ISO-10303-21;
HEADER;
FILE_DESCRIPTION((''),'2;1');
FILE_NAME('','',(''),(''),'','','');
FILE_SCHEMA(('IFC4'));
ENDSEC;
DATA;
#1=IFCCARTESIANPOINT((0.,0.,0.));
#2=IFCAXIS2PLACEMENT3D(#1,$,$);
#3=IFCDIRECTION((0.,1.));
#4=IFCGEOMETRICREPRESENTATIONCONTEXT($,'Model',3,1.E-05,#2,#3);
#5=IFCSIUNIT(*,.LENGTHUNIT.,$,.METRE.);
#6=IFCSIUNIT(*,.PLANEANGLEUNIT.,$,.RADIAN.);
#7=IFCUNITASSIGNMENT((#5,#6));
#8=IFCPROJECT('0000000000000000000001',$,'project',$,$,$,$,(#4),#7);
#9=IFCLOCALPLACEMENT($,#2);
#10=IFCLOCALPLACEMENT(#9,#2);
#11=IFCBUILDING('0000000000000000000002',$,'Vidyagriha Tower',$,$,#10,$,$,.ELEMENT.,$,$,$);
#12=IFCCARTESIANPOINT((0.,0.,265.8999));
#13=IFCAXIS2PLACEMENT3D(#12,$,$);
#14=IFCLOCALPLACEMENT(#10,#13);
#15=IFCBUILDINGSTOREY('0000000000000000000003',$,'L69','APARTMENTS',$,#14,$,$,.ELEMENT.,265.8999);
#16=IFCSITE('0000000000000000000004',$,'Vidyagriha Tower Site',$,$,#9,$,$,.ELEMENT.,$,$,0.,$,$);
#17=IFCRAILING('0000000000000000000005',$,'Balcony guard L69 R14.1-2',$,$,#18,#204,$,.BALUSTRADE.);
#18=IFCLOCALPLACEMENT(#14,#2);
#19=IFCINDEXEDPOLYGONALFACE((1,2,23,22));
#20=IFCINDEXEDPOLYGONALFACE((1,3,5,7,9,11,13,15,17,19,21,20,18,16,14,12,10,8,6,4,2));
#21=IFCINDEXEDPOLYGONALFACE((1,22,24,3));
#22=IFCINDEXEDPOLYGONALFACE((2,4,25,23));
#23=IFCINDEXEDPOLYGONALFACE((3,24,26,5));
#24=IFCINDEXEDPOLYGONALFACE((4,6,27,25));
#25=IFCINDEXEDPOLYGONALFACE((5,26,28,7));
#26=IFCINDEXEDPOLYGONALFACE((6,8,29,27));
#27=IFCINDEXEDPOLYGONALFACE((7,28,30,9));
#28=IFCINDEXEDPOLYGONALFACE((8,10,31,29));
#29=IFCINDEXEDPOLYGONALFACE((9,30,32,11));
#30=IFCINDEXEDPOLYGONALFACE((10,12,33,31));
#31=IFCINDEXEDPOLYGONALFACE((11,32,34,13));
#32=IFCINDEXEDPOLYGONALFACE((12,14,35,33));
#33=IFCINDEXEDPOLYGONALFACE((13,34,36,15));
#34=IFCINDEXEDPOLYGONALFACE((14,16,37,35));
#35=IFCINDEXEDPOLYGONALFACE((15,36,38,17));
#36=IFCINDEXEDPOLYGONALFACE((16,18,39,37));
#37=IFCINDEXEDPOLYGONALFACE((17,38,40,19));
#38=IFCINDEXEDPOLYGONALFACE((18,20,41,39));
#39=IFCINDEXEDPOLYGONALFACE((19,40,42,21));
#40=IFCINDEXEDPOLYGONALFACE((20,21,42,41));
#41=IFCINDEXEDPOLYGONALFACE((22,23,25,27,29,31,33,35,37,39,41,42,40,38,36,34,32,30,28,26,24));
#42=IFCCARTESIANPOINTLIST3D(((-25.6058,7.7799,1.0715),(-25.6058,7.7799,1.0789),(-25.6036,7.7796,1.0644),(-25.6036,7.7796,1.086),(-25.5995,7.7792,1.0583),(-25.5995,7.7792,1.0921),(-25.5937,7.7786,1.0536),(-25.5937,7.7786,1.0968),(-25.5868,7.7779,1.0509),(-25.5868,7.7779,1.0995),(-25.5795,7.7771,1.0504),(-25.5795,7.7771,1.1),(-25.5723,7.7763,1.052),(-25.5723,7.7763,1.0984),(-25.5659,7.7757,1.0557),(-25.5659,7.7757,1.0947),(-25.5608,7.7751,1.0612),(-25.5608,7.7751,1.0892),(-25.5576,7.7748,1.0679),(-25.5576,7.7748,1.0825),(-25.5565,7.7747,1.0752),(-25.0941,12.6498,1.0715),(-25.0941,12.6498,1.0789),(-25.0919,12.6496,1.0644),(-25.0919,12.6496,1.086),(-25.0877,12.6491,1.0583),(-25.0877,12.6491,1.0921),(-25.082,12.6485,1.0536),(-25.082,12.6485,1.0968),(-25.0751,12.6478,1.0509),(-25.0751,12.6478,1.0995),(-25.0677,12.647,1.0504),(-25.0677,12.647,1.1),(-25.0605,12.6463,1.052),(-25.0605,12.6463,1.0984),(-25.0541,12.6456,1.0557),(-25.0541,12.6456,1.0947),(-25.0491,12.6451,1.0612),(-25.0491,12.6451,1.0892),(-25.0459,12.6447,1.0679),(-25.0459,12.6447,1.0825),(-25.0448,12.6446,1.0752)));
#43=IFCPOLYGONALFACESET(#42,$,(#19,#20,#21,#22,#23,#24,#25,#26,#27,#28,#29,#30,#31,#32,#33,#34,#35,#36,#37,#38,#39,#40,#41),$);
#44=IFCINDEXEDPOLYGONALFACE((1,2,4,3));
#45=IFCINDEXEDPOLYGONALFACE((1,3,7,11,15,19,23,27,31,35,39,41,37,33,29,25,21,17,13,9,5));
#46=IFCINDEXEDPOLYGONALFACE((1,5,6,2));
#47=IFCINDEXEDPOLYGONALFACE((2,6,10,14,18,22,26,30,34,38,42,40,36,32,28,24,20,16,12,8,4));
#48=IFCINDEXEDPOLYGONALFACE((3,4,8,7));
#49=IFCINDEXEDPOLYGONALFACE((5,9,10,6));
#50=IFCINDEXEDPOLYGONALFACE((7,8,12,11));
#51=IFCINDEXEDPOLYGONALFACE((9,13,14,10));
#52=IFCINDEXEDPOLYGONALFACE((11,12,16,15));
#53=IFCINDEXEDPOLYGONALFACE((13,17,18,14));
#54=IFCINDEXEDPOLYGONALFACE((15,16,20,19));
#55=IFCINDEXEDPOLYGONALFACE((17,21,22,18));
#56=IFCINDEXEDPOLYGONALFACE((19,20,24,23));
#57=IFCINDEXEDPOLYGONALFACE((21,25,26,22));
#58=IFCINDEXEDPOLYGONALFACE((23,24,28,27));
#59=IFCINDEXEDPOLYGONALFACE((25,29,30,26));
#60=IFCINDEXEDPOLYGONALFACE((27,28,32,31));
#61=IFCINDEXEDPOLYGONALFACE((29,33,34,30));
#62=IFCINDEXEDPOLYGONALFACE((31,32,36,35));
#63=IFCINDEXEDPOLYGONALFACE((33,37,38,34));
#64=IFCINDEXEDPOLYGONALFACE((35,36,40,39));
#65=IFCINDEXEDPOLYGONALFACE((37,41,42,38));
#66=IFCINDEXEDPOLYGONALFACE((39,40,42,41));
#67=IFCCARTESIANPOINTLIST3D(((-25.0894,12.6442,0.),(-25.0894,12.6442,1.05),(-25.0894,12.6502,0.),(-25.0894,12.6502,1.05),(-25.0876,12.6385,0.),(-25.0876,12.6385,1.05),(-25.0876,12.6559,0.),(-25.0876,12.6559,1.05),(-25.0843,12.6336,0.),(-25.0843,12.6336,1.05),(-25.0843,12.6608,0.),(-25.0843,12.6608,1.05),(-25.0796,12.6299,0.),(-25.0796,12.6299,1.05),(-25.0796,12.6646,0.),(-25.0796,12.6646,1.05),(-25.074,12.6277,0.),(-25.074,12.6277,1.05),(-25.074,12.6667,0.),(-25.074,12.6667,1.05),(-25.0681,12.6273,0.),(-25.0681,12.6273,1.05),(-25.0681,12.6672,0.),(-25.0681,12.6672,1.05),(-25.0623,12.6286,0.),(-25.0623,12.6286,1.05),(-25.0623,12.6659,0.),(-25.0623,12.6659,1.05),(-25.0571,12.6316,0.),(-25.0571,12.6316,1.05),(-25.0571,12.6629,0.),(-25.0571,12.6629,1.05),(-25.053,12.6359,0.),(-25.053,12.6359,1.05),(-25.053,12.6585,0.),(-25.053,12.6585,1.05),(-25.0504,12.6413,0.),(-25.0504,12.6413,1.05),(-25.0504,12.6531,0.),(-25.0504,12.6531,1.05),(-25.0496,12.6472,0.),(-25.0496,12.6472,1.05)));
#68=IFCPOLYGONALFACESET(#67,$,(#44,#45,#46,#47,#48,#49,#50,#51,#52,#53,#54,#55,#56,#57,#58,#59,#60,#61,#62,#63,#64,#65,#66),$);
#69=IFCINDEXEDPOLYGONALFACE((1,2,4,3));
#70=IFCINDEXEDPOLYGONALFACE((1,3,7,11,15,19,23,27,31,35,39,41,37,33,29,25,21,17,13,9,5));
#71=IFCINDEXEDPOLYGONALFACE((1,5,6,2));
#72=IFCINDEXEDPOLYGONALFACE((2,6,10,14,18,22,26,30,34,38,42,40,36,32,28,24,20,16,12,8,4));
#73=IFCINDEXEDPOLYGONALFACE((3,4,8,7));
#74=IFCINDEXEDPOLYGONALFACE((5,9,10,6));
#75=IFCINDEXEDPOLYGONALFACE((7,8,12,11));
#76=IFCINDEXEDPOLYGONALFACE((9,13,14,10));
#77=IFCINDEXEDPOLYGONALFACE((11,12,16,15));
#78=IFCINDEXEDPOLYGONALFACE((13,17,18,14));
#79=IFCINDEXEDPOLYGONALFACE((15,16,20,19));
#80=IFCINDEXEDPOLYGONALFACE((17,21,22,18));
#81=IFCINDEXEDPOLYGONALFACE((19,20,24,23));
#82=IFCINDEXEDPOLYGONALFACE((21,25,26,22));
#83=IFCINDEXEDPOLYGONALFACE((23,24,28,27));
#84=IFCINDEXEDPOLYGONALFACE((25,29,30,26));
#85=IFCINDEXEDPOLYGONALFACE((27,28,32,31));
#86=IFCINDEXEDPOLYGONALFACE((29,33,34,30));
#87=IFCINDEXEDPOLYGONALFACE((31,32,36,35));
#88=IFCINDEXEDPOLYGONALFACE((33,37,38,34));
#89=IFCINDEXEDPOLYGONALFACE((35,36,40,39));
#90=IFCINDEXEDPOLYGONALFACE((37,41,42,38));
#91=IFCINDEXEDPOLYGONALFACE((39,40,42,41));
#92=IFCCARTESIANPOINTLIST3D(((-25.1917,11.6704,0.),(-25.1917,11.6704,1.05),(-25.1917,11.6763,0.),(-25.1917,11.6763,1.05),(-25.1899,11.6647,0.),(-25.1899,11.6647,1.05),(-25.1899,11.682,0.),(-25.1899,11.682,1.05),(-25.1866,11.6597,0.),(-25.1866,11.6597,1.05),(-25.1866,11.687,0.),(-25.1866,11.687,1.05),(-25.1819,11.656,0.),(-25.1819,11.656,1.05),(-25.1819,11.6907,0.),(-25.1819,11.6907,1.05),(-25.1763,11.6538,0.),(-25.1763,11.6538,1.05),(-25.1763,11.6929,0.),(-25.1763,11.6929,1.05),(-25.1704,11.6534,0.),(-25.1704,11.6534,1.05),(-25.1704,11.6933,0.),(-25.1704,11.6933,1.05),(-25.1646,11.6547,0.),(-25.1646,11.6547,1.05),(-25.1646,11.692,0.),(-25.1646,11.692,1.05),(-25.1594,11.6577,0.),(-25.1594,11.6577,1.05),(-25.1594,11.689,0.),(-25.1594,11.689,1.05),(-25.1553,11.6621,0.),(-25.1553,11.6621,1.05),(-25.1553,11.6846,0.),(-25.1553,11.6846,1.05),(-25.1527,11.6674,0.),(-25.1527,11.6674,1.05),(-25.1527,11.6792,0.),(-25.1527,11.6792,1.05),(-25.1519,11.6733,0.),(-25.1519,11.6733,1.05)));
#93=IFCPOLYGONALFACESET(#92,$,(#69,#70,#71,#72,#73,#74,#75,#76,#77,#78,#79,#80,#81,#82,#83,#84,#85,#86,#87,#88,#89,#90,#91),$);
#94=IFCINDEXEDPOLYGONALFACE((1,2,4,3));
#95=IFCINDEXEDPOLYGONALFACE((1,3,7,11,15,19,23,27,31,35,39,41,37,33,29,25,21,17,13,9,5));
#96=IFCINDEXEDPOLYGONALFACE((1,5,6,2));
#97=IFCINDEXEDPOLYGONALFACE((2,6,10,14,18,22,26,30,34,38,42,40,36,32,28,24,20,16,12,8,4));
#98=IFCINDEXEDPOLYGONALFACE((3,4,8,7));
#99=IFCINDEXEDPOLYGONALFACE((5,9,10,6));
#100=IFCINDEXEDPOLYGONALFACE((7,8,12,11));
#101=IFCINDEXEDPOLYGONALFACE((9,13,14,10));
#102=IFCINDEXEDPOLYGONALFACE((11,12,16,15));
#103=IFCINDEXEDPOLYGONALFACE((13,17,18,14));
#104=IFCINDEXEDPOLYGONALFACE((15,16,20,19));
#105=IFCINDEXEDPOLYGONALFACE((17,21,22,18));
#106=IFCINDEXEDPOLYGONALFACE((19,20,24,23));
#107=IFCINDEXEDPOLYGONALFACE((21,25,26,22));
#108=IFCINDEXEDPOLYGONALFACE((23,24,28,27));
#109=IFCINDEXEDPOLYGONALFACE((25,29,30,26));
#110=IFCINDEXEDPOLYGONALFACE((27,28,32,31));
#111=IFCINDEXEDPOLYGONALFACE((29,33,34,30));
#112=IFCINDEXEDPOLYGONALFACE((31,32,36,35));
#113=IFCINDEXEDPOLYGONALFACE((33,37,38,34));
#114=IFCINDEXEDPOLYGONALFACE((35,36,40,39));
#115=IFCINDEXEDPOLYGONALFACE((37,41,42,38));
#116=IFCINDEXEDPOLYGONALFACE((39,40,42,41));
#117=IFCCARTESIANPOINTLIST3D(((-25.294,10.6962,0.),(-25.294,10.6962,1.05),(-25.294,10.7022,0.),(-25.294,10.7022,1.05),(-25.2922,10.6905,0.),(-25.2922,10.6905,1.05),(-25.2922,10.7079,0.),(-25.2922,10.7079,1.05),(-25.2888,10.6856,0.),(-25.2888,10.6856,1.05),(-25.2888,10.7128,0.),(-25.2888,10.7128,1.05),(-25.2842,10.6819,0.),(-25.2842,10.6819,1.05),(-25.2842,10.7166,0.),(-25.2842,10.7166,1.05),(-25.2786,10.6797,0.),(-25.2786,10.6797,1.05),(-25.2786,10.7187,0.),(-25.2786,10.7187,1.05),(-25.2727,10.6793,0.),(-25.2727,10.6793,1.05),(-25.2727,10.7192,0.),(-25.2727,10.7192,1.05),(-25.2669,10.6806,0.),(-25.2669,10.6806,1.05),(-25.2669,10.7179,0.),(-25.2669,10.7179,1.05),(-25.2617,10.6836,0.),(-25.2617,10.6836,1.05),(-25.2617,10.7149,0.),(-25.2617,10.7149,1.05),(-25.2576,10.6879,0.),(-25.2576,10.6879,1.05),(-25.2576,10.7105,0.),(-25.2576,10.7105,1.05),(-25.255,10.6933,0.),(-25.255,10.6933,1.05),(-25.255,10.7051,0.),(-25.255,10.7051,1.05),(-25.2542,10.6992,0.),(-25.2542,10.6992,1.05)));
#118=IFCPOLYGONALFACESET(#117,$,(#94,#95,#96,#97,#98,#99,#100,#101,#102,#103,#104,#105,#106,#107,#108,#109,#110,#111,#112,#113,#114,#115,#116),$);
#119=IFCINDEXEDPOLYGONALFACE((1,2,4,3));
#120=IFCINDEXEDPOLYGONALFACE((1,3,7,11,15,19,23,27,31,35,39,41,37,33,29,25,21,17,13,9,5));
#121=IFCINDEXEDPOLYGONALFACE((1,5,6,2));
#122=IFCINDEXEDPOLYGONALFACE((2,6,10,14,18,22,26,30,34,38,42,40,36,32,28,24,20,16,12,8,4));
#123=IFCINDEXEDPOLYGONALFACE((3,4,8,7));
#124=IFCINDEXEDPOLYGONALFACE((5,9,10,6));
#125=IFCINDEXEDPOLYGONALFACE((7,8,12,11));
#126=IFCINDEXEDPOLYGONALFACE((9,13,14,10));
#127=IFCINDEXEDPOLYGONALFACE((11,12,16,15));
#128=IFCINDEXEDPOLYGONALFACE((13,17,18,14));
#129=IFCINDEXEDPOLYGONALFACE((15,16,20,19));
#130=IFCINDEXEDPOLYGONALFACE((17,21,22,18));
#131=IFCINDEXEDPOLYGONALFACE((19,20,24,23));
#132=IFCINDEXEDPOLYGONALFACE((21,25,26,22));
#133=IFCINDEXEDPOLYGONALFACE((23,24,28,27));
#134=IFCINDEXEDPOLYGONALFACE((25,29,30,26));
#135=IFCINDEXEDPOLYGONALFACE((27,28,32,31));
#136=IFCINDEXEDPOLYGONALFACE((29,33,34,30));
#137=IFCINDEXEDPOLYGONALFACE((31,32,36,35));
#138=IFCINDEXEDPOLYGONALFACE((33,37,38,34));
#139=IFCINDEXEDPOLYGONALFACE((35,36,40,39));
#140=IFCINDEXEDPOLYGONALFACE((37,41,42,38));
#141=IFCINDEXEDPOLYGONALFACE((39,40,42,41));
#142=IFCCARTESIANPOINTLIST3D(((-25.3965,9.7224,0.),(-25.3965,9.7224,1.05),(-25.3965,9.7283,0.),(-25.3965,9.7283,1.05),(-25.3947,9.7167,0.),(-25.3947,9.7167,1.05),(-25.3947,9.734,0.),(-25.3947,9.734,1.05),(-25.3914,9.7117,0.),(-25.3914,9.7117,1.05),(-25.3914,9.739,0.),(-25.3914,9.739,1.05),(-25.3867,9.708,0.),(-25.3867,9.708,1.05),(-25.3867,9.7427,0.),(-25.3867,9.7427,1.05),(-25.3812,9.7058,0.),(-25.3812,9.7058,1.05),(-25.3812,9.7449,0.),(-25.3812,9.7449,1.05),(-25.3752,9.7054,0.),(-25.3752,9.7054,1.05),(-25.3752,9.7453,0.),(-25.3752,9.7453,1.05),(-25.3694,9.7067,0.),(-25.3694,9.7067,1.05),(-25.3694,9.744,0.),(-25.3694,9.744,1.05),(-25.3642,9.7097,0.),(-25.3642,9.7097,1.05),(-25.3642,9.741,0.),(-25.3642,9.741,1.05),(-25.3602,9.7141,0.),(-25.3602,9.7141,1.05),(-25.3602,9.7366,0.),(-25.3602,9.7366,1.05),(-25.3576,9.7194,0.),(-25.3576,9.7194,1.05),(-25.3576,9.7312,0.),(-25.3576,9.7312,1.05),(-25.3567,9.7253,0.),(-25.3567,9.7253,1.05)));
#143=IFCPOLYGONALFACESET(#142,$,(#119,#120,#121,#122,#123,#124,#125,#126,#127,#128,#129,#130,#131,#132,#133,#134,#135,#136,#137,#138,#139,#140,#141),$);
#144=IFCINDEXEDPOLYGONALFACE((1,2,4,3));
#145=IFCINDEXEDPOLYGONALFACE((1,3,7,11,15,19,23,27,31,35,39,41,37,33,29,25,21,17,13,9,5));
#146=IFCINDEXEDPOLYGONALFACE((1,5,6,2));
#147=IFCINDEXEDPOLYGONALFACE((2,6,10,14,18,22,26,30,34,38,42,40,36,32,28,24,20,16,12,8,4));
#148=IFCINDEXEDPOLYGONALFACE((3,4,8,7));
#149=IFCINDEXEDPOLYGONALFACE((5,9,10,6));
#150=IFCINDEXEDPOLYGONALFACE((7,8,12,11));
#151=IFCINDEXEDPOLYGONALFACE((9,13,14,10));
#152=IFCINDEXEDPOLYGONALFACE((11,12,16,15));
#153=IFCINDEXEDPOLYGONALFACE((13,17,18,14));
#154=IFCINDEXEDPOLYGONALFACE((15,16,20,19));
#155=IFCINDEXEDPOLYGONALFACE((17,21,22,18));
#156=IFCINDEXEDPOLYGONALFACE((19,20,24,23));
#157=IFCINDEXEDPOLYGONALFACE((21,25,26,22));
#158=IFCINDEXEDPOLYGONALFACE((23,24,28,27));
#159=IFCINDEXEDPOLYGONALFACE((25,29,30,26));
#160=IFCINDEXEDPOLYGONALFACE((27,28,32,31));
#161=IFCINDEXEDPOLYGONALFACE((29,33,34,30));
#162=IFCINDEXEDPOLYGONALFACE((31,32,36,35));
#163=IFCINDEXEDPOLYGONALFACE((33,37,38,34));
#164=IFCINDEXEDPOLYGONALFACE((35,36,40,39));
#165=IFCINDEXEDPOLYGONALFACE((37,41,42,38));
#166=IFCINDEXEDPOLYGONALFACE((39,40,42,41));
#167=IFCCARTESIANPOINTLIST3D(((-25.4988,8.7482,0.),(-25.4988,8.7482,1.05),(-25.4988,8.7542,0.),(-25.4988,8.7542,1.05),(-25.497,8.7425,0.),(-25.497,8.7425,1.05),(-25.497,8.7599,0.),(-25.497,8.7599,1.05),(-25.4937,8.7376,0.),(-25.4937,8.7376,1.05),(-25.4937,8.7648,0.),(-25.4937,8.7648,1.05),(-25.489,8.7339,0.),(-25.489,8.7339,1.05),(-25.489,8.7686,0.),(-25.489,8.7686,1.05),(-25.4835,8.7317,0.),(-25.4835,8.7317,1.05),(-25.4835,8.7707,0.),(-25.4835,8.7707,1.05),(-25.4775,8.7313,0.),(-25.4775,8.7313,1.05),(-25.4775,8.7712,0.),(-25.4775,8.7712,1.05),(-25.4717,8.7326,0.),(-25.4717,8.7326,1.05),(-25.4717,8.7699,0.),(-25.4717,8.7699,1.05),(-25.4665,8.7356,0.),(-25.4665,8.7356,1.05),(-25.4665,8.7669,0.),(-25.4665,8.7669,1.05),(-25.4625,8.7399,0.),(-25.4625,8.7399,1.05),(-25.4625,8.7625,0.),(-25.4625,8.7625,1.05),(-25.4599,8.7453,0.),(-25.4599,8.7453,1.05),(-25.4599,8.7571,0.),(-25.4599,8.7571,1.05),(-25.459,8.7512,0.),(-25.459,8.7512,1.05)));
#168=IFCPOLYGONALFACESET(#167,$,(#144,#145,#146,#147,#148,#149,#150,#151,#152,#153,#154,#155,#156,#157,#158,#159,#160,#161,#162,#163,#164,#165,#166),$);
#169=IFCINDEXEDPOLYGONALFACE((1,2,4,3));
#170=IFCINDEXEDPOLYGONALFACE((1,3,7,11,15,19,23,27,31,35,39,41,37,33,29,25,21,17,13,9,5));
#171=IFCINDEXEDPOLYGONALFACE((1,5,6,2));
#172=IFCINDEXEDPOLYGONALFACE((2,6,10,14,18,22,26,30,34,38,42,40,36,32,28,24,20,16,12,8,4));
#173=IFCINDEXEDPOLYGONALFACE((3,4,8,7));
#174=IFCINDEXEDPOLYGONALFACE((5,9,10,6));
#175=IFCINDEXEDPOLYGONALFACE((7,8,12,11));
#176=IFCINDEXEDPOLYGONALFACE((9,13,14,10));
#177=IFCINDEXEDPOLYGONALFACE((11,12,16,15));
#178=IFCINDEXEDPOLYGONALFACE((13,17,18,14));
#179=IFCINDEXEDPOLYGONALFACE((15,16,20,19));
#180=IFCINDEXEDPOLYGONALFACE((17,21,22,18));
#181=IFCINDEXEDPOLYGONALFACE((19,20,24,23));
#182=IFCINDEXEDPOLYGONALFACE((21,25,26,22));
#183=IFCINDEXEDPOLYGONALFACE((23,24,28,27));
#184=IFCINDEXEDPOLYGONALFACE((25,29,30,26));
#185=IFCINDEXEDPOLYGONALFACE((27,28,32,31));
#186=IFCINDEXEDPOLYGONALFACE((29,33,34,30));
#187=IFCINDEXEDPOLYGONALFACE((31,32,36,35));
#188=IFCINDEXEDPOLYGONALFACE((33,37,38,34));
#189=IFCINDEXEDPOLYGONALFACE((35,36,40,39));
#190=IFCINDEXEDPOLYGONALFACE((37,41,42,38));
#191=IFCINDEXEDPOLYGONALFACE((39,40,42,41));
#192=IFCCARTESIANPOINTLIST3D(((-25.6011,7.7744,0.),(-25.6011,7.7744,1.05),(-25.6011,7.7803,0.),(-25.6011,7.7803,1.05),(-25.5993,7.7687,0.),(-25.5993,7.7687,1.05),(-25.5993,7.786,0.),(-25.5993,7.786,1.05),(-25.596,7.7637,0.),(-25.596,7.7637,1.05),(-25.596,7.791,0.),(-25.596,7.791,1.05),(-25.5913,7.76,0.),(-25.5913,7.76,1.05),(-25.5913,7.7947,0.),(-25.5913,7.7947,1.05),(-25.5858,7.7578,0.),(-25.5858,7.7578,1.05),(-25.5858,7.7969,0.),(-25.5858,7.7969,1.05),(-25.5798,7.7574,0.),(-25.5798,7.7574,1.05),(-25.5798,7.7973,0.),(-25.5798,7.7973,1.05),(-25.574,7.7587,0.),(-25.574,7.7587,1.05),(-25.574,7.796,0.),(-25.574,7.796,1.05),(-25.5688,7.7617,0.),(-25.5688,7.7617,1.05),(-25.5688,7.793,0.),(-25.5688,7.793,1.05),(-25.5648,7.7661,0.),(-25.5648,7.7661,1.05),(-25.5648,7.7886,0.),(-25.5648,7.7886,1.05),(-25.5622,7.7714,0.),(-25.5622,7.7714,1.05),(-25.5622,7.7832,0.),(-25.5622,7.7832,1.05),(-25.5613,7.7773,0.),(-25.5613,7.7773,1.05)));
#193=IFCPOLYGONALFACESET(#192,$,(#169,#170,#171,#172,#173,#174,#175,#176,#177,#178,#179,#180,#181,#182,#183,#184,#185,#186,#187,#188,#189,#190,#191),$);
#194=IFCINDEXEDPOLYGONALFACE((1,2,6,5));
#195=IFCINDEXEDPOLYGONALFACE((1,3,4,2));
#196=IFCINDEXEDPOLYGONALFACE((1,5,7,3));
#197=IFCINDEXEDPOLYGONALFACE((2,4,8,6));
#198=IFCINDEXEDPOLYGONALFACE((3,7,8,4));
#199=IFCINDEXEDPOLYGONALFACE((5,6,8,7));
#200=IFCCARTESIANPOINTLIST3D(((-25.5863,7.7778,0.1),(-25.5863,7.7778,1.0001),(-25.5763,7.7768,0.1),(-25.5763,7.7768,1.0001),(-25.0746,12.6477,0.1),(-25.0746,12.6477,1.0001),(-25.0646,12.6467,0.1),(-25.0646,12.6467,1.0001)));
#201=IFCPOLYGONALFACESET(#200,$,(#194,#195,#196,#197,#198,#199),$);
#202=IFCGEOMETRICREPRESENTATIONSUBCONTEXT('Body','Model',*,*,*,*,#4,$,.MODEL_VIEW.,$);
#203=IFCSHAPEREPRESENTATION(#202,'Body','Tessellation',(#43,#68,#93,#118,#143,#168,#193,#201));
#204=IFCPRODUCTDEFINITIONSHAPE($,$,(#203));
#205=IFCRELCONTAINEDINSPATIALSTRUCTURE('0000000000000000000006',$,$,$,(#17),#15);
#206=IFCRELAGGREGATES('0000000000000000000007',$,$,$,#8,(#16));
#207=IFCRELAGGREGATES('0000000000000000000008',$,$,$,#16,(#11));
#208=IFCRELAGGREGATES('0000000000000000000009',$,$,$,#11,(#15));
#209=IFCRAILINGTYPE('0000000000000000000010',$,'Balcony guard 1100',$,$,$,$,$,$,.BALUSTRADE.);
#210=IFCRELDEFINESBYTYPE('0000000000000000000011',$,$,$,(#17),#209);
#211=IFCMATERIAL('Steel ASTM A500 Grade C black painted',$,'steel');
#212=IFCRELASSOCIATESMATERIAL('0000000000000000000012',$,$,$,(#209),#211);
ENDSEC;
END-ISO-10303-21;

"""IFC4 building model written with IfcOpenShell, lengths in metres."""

from ifc_helpers import new_model, si_unit, direction, frame, origin, origin_2d, place, context, subcontext, project, spatial, rectangle, circle, extrude, material, type_object, element, save


model = new_model("IFC4")

# Units and contexts
model_context = context("Model", 3, precision=1e-05, world=origin(), true_north=direction((0.0, 1.0)))
body_context = subcontext(model_context, "Body", "Model", "MODEL_VIEW")
ifc_project = project(units=[si_unit("LENGTHUNIT", "METRE"), si_unit("PLANEANGLEUNIT", "RADIAN")], contexts=[model_context])

# Site, building, storey
site_placement = place(None, origin())
site = spatial("IfcSite", under=ifc_project, at=site_placement, Name="Vidyagriha Tower Site", CompositionType="ELEMENT", RefElevation=0.0)
building_placement = place(site_placement, origin())
building = spatial("IfcBuilding", under=site, at=building_placement, Name="Vidyagriha Tower", CompositionType="ELEMENT")
storey_placement = place(building_placement, frame((0.0, 0.0, 265.8999)))
storey = spatial("IfcBuildingStorey", under=building, at=storey_placement, Name="L69", Description="APARTMENTS", CompositionType="ELEMENT", Elevation=265.8999)

# Railing
ifc_material_1 = material(Name="Steel ASTM A500 Grade C black painted", Category="steel")
railing_type_1 = type_object("IfcRailingType", Name="Balcony guard 1100", PredefinedType="BALUSTRADE", material=ifc_material_1)
railing_1_placement = place(storey_placement, frame((-25.0696, 12.6472, 0.0)))
element("IfcRailing", 1, at=railing_1_placement, inside=storey, type_object=railing_type_1, Name="Balcony guard L69 R14.1-2", PredefinedType="BALUSTRADE", context=body_context, shape_type="SweptSolid", body=[
    extrude(circle(Radius=0.0249, at=origin_2d()), frame((0.0, 0.0, 1.0752), z_axis=(-0.104503, -0.994525, 0.0), x_axis=(0.994525, -0.104503, 0.0)), (0.0, 0.0, 1.0), 4.8967),
    extrude(circle(Radius=0.02, at=origin_2d()), origin(), (0.0, 0.0, 1.0), 1.05),
    extrude(circle(Radius=0.02, at=origin_2d()), frame((-0.1023, -0.9739, 0.0)), (0.0, 0.0, 1.0), 1.05),
    extrude(circle(Radius=0.02, at=origin_2d()), frame((-0.2046, -1.948, 0.0)), (0.0, 0.0, 1.0), 1.05),
    extrude(circle(Radius=0.02, at=origin_2d()), frame((-0.3071, -2.9219, 0.0)), (0.0, 0.0, 1.0), 1.05),
    extrude(circle(Radius=0.02, at=origin_2d()), frame((-0.4094, -3.896, 0.0)), (0.0, 0.0, 1.0), 1.05),
    extrude(circle(Radius=0.02, at=origin_2d()), frame((-0.5117, -4.8699, 0.0)), (0.0, 0.0, 1.0), 1.05),
    extrude(rectangle(XDim=0.01, YDim=0.9001, at=origin_2d()), frame((0.0, 0.0, 0.55), z_axis=(-0.104503, -0.994525, 0.0), x_axis=(0.994525, -0.104503, 0.0)), (0.0, 0.0, 1.0), 4.8967),
])

save(model, "model.ifc")
